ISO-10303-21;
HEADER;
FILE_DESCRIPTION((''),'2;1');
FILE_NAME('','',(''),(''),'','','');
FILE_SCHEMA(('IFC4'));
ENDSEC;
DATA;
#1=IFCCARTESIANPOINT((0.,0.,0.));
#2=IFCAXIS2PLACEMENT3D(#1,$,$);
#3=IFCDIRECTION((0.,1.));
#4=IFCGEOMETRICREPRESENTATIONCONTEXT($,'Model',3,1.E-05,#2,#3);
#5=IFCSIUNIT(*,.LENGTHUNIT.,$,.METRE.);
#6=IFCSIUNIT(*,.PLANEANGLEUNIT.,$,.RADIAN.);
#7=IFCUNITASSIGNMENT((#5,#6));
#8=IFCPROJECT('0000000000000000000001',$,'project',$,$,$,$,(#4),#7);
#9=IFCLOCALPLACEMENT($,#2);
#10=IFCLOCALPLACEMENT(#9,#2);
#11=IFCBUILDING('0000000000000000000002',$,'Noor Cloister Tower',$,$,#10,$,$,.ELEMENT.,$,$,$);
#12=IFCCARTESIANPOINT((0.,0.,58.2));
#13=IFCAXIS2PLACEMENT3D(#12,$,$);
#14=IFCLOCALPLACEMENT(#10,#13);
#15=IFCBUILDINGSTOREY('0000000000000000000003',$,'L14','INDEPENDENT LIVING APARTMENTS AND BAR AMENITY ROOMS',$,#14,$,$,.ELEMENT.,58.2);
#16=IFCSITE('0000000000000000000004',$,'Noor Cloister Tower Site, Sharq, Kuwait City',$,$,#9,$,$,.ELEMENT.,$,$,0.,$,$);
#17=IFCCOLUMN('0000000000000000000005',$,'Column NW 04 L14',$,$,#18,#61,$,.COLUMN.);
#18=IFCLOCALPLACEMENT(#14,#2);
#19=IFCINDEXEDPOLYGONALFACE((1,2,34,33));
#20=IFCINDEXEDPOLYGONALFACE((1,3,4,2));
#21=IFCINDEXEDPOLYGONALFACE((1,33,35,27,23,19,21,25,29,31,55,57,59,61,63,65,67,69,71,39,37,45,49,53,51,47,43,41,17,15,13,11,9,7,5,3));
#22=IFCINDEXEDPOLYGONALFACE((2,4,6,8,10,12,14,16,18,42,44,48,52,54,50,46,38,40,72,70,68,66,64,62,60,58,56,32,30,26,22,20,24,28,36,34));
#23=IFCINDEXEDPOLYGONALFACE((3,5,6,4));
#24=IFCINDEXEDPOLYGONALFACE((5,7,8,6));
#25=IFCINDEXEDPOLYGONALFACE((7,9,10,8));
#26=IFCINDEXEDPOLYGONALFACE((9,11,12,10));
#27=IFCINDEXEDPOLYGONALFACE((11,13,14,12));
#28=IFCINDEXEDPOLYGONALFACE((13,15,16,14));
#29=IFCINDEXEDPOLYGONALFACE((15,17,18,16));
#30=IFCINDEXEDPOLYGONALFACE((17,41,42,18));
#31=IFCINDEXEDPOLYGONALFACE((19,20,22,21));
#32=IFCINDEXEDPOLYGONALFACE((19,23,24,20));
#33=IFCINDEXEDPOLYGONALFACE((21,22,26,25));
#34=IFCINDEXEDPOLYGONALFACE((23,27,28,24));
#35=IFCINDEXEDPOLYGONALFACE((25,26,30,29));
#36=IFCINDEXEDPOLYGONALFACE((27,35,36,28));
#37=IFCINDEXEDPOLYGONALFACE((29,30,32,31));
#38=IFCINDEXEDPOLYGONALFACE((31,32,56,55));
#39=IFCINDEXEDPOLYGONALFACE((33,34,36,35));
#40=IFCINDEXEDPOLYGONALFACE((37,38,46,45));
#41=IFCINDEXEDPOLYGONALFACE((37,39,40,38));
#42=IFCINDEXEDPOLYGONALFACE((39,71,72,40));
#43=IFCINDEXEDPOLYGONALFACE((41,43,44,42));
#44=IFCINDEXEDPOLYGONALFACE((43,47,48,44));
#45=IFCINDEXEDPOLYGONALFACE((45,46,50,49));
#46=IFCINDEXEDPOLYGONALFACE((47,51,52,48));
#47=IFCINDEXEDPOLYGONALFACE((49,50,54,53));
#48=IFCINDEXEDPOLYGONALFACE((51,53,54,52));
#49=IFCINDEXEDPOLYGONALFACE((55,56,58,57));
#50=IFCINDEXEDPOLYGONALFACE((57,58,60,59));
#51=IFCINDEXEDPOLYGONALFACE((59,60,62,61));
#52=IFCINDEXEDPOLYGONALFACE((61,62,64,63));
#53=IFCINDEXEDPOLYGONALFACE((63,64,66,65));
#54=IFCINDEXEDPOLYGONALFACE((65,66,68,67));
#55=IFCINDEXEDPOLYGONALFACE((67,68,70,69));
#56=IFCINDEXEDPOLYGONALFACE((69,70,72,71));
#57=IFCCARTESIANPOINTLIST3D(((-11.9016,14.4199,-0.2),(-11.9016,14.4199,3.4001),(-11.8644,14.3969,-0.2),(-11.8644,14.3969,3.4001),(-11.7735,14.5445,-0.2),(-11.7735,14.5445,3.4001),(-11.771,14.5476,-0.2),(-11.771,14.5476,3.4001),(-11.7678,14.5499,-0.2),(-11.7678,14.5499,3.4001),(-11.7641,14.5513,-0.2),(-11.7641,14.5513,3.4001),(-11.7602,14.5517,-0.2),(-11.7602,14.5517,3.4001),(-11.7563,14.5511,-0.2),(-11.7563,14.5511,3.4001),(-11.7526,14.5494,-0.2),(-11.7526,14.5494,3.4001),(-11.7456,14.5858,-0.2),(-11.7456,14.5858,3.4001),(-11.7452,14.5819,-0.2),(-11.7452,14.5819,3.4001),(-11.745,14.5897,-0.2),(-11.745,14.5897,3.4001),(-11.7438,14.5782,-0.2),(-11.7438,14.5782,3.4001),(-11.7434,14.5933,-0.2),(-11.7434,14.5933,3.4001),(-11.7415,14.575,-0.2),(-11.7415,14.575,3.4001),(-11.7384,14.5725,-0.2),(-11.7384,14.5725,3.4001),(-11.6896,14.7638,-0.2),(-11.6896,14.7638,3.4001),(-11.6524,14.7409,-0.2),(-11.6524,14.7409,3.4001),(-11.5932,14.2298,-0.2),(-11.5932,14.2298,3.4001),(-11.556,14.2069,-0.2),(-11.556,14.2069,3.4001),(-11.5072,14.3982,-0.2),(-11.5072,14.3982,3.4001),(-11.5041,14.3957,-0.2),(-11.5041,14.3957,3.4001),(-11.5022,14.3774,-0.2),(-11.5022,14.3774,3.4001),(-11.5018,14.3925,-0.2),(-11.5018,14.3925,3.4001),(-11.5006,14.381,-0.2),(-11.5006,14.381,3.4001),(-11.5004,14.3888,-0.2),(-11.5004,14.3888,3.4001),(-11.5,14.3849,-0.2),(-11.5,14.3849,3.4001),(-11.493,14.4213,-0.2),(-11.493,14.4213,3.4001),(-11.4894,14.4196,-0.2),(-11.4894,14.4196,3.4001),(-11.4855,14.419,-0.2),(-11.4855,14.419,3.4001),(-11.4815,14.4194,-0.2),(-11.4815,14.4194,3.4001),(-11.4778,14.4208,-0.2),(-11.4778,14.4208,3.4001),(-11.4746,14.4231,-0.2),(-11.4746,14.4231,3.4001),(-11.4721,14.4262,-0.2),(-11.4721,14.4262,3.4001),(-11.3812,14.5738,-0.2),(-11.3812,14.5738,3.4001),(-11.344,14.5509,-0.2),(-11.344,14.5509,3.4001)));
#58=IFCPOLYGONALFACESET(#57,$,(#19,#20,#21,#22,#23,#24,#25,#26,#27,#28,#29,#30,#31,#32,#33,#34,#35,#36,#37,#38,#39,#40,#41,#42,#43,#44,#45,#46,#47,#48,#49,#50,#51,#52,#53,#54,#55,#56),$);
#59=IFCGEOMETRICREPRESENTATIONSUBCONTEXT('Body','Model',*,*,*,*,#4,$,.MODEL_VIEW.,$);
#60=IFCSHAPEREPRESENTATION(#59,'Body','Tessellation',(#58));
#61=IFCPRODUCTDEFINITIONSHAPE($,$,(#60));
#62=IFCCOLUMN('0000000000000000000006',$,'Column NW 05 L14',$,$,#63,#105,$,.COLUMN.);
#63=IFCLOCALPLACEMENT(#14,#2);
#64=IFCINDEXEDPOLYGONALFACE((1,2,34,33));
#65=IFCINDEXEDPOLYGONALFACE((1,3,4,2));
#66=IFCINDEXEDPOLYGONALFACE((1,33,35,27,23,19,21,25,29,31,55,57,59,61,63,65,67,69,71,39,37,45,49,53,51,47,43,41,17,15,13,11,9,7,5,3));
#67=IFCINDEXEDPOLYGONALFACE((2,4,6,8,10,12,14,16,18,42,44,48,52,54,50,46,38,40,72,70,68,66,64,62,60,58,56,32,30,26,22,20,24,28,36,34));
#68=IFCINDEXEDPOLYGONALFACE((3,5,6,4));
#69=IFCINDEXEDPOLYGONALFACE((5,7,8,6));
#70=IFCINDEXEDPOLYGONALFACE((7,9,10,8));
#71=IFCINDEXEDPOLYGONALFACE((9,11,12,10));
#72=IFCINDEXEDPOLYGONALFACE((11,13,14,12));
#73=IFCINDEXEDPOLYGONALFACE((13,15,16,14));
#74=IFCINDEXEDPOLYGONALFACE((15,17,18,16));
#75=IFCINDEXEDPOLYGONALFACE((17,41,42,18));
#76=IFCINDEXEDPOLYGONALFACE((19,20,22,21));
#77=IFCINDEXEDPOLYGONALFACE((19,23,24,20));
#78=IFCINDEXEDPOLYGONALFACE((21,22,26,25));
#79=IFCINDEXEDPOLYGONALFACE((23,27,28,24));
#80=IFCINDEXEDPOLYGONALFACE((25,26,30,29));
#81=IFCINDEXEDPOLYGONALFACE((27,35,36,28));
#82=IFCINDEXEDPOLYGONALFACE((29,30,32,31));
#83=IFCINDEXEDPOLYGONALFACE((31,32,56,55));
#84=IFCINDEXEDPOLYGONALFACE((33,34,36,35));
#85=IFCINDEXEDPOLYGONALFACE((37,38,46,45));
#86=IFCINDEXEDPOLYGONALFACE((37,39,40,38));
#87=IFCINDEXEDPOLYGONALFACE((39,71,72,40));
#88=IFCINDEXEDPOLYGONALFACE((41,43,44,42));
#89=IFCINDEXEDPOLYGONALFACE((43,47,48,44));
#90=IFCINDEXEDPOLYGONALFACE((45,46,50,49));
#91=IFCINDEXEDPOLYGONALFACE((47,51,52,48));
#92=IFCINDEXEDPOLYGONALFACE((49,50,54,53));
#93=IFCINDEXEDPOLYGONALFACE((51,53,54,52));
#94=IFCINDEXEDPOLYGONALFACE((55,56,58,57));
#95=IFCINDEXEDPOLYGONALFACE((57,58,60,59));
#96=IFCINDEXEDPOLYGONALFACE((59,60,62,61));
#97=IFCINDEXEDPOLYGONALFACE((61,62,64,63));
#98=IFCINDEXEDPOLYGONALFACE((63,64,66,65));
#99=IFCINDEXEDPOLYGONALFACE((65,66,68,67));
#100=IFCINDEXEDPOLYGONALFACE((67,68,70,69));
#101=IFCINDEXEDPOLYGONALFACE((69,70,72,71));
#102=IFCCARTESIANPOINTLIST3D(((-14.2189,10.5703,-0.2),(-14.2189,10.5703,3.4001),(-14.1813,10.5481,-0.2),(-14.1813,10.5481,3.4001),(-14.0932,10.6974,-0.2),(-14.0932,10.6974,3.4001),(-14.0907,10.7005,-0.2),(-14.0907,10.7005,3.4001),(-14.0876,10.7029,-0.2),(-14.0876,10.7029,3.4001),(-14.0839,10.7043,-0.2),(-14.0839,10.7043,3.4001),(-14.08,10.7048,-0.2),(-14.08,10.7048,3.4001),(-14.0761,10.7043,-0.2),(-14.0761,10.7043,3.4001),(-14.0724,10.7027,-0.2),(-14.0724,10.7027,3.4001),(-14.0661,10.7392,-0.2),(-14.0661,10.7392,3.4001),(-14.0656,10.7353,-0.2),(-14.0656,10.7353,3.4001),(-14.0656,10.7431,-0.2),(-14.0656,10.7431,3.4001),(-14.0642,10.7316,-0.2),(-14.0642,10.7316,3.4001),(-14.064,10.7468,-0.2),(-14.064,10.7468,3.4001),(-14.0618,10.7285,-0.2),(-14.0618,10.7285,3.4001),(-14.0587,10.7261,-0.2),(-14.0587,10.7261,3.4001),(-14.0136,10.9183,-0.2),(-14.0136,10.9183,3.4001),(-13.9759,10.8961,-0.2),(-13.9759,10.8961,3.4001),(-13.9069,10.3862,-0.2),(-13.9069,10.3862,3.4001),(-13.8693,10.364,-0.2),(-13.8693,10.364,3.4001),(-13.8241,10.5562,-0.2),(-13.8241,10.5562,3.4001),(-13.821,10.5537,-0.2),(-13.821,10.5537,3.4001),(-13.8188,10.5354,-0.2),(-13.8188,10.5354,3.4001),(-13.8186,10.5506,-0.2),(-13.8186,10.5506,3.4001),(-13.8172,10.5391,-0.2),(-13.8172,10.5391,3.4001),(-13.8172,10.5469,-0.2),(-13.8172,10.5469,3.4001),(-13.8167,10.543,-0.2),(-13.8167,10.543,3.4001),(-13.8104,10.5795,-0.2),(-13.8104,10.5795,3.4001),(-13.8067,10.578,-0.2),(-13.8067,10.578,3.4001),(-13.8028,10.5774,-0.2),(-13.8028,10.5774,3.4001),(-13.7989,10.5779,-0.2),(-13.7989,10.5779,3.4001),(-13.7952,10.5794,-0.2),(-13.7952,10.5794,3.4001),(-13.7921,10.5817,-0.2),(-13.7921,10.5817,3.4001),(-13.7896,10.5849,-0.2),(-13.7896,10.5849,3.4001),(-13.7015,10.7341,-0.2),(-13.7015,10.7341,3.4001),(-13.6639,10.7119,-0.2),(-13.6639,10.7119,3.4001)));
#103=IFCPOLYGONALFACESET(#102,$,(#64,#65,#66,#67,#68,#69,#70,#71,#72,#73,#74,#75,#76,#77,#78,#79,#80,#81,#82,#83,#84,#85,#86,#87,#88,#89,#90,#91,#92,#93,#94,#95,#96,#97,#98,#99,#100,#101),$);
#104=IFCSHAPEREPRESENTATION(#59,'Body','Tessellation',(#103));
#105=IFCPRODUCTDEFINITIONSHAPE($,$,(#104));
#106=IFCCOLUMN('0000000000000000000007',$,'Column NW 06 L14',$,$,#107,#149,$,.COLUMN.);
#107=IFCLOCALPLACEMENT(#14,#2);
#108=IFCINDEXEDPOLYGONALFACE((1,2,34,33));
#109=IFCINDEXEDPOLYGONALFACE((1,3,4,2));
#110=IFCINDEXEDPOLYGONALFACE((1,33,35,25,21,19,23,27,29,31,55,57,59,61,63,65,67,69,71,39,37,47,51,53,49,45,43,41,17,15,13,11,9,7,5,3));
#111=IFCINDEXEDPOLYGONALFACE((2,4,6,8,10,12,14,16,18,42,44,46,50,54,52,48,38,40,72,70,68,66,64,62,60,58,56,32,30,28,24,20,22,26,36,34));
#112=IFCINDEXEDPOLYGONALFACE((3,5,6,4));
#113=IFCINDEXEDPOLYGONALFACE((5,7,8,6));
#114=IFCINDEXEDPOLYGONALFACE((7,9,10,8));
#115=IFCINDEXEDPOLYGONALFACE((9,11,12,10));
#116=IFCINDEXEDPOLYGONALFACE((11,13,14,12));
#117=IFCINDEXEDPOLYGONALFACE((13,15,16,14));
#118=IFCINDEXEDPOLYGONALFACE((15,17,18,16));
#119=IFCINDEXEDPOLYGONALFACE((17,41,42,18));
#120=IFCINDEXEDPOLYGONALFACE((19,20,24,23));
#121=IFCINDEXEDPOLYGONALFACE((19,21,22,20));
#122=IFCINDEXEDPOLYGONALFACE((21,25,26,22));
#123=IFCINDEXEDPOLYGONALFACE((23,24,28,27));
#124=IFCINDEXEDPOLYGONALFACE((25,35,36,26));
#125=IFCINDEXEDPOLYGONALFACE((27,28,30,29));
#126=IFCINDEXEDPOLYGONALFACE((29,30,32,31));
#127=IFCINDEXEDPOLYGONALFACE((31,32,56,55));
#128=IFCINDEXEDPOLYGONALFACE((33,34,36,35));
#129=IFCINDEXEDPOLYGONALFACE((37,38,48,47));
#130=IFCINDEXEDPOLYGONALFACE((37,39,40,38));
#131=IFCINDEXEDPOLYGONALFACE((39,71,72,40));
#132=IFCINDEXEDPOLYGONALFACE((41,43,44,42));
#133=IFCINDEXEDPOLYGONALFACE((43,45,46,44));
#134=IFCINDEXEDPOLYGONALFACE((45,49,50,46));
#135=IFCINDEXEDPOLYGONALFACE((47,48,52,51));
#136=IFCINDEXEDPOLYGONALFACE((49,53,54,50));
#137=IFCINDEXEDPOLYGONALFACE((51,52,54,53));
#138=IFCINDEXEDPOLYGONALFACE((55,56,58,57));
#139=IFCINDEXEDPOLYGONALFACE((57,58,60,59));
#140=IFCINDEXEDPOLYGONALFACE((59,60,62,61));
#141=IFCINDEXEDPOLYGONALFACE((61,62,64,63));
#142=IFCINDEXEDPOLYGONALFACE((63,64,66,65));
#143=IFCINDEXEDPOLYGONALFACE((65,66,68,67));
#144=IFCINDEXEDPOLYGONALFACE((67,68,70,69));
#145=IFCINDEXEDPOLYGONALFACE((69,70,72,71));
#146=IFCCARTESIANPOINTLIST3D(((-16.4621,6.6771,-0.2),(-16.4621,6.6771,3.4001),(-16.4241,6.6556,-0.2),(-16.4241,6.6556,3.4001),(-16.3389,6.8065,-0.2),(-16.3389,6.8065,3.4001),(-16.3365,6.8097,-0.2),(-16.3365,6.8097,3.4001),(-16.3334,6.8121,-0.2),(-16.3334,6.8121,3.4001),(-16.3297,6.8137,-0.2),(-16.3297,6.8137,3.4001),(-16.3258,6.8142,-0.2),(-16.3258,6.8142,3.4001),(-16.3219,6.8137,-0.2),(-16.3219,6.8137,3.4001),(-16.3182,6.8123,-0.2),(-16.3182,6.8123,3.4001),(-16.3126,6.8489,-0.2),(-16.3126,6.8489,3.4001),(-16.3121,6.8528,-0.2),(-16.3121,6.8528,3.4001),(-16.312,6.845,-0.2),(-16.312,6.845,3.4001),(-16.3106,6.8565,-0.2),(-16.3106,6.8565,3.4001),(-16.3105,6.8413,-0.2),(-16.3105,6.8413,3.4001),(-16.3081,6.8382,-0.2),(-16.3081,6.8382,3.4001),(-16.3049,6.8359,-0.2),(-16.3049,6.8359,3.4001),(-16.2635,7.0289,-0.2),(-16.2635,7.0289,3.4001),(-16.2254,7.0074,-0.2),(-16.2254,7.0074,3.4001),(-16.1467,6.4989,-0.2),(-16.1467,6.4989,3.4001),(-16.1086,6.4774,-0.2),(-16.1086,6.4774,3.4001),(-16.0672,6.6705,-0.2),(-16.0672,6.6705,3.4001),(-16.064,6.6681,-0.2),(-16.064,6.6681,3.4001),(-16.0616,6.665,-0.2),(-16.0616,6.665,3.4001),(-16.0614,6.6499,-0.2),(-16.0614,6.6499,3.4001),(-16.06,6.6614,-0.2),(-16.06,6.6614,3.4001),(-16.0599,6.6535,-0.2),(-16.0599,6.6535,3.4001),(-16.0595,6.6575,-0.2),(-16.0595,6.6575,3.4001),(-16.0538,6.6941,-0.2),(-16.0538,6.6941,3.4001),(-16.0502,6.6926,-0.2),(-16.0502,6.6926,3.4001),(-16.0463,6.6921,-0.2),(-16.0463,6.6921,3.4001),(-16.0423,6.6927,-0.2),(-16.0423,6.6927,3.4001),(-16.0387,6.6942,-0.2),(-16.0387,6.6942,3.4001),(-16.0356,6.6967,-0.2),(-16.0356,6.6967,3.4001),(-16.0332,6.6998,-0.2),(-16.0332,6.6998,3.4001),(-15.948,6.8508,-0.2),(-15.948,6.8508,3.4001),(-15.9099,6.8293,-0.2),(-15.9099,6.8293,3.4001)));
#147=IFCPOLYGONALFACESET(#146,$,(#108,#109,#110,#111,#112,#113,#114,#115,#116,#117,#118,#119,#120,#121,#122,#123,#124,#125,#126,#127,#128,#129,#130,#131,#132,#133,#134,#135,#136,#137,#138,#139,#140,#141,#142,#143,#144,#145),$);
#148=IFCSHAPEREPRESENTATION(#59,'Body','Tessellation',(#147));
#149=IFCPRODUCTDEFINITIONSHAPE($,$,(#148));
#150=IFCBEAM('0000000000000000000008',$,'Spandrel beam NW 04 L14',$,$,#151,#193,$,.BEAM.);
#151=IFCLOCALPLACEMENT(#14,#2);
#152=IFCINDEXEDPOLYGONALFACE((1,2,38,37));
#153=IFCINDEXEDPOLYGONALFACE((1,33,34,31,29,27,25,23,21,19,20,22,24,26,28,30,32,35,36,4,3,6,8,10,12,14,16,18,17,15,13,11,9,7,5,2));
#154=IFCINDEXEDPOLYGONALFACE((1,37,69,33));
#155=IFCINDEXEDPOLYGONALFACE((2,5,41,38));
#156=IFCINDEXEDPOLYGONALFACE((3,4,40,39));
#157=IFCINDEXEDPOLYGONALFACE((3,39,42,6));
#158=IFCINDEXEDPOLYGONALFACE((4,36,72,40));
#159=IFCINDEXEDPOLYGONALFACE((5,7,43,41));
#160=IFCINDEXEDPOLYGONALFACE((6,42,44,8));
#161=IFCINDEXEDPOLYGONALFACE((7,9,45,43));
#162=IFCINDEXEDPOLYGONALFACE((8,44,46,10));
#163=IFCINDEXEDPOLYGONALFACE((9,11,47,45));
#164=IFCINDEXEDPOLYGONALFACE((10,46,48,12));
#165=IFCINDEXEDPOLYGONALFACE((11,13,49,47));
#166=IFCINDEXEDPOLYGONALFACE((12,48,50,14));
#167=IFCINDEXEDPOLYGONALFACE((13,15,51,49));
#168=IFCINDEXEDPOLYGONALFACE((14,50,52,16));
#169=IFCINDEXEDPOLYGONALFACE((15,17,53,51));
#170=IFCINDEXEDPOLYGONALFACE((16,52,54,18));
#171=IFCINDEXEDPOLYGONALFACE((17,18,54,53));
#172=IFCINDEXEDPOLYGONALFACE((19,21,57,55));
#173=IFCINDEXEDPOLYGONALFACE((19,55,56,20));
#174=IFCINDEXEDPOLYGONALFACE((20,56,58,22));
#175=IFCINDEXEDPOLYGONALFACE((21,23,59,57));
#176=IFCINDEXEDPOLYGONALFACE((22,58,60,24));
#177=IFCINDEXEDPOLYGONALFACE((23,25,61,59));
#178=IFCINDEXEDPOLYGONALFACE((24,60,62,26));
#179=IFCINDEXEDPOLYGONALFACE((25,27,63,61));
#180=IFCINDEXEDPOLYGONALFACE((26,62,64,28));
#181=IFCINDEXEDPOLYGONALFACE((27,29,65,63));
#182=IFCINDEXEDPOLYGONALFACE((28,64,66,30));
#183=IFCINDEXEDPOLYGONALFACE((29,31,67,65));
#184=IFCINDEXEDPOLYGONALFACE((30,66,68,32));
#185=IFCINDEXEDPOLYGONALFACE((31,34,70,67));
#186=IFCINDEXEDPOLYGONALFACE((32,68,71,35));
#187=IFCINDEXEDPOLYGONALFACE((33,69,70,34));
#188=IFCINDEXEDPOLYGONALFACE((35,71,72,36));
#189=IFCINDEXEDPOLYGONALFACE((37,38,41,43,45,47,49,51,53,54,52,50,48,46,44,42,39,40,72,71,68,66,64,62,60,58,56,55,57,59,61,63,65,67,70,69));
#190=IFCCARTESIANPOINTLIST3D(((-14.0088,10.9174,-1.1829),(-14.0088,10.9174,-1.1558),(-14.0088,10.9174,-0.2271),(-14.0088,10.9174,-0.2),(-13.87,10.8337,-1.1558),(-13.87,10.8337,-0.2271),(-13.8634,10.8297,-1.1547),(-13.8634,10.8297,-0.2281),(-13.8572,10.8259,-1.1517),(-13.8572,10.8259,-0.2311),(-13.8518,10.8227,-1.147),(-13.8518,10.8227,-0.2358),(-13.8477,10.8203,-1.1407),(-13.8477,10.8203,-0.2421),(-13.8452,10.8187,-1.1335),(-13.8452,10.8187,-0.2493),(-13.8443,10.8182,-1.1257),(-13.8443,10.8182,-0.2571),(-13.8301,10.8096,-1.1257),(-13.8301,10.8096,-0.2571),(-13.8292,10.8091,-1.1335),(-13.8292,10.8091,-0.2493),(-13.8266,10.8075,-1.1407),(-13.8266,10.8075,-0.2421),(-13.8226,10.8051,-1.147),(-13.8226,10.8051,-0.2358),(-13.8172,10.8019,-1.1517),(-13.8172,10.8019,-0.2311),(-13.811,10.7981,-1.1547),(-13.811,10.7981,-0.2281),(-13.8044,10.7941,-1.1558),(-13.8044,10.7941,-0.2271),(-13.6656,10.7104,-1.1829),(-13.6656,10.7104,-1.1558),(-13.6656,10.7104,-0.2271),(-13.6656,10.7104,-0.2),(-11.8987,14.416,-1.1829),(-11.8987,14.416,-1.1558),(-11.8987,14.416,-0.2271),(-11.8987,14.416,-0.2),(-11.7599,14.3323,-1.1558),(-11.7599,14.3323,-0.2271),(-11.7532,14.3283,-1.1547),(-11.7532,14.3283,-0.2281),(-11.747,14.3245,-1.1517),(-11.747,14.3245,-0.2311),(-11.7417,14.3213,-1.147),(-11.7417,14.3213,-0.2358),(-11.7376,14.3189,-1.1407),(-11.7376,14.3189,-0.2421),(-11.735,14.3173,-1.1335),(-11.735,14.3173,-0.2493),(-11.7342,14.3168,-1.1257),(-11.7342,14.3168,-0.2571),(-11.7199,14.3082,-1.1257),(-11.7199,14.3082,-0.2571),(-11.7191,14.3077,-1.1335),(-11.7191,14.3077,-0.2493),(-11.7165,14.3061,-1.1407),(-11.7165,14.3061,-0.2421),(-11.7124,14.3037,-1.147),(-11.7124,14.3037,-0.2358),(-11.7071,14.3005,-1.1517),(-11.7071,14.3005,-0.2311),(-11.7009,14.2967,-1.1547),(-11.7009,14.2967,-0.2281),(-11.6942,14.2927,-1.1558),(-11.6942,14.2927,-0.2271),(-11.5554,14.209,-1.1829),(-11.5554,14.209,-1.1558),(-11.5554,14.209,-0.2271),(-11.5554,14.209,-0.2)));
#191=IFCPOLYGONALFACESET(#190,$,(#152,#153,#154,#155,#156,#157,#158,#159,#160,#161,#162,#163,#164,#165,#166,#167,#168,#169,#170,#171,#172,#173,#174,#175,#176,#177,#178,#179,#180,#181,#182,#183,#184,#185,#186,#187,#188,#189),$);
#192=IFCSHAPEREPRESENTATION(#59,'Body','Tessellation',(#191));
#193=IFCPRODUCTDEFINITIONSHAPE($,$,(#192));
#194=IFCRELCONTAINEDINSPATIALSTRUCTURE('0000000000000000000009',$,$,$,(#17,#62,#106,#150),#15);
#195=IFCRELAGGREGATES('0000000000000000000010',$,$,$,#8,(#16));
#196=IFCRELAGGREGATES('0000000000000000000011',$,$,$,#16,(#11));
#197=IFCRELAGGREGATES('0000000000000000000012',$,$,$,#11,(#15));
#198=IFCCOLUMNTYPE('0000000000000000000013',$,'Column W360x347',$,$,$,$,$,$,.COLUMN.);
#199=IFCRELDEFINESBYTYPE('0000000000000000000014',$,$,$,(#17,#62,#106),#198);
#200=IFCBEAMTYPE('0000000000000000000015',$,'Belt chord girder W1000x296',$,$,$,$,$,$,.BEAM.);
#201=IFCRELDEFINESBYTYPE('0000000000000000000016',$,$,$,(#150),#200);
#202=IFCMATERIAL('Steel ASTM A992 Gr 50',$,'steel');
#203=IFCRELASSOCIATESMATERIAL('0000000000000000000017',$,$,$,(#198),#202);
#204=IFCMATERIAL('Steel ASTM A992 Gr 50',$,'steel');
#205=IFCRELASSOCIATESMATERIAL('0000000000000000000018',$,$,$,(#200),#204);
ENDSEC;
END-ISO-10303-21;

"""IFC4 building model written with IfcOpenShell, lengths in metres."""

from ifc_helpers import new_model, si_unit, direction, frame, origin, origin_2d, place, context, subcontext, project, spatial, i_section, extrude, material, material_profile, profile_set, type_object, element, save


model = new_model("IFC4")

# Units and contexts
model_context = context("Model", 3, precision=1e-05, world=origin(), true_north=direction((0.0, 1.0)))
body_context = subcontext(model_context, "Body", "Model", "MODEL_VIEW")
ifc_project = project(units=[si_unit("LENGTHUNIT", "METRE"), si_unit("PLANEANGLEUNIT", "RADIAN")], contexts=[model_context])

# Site, building, storey
site_placement = place(None, origin())
site = spatial("IfcSite", under=ifc_project, at=site_placement, Name="Noor Cloister Tower Site, Sharq, Kuwait City", CompositionType="ELEMENT", RefElevation=0.0)
building_placement = place(site_placement, origin())
building = spatial("IfcBuilding", under=site, at=building_placement, Name="Noor Cloister Tower", CompositionType="ELEMENT")
storey_placement = place(building_placement, frame((0.0, 0.0, 58.2)))
storey = spatial("IfcBuildingStorey", under=building, at=storey_placement, Name="L14", Description="INDEPENDENT LIVING APARTMENTS AND BAR AMENITY ROOMS", CompositionType="ELEMENT", Elevation=58.2)

# Columns
ifc_material_1 = material(Name="Steel ASTM A992 Gr 50", Category="steel")
ifc_material_profile_1 = material_profile(ifc_material_1, i_section(OverallWidth=0.4041, OverallDepth=0.406, WebThickness=0.0271, FlangeThickness=0.0437, FilletRadius=0.0151, at=origin_2d()), Name="W360x347")
ifc_profile_set_1 = profile_set([ifc_material_profile_1], Name="Steel ASTM A992 Gr 50")
column_type = type_object("IfcColumnType", Name="Column W360x347", PredefinedType="COLUMN", material=ifc_profile_set_1)
for number, where, z_axis, x_axis, name in (
    (1, (-11.6228, 14.4854, -0.2), (0.0, 0.0, 1.0), (-0.524598, -0.85135, 0.0), "Column NW 04 L14"),
    (2, (-13.9414, 10.6411, -0.2), (0.0, 0.0, 1.0), (-0.508246, -0.861212, 0.0), "Column NW 05 L14"),
    (3, (-16.186, 6.7532, -0.2), (0.0, 0.0, 1.0), (-0.491708, -0.87076, 0.0), "Column NW 06 L14"),
):
    element("IfcColumn", number, at=place(storey_placement, frame(where, z_axis=z_axis, x_axis=x_axis)), inside=storey, type_object=column_type, Name=name, PredefinedType="COLUMN", context=body_context, shape_type="SweptSolid", body=[
        extrude(i_section(OverallWidth=0.4041, OverallDepth=0.406, WebThickness=0.0271, FlangeThickness=0.0437, FilletRadius=0.0151, at=origin_2d()), origin(), (0.0, 0.0, 1.0), 3.6001),
    ])

# Beam
ifc_material_2 = material(Name="Steel ASTM A992 Gr 50", Category="steel")
ifc_material_profile_2 = material_profile(ifc_material_2, i_section(OverallWidth=0.4009, OverallDepth=0.9829, WebThickness=0.0166, FlangeThickness=0.0271, FilletRadius=0.03, at=origin_2d()), Name="W1000x296")
ifc_profile_set_2 = profile_set([ifc_material_profile_2], Name="Steel ASTM A992 Gr 50")
beam_type_1 = type_object("IfcBeamType", Name="Belt chord girder W1000x296", PredefinedType="BEAM", material=ifc_profile_set_2)
beam_1_placement = place(storey_placement, frame((-11.7271, 14.3125, -0.6914), z_axis=(-0.516472, -0.856304, 0.0), x_axis=(0.856304, -0.516472, 0.0)))
element("IfcBeam", 4, at=beam_1_placement, inside=storey, type_object=beam_type_1, Name="Spandrel beam NW 04 L14", PredefinedType="BEAM", context=body_context, shape_type="SweptSolid", body=[
    extrude(i_section(OverallWidth=0.4009, OverallDepth=0.9829, WebThickness=0.0166, FlangeThickness=0.0271, FilletRadius=0.03, at=origin_2d()), origin(), (0.0, 0.0, 1.0), 4.0857),
])

save(model, "model.ifc")
